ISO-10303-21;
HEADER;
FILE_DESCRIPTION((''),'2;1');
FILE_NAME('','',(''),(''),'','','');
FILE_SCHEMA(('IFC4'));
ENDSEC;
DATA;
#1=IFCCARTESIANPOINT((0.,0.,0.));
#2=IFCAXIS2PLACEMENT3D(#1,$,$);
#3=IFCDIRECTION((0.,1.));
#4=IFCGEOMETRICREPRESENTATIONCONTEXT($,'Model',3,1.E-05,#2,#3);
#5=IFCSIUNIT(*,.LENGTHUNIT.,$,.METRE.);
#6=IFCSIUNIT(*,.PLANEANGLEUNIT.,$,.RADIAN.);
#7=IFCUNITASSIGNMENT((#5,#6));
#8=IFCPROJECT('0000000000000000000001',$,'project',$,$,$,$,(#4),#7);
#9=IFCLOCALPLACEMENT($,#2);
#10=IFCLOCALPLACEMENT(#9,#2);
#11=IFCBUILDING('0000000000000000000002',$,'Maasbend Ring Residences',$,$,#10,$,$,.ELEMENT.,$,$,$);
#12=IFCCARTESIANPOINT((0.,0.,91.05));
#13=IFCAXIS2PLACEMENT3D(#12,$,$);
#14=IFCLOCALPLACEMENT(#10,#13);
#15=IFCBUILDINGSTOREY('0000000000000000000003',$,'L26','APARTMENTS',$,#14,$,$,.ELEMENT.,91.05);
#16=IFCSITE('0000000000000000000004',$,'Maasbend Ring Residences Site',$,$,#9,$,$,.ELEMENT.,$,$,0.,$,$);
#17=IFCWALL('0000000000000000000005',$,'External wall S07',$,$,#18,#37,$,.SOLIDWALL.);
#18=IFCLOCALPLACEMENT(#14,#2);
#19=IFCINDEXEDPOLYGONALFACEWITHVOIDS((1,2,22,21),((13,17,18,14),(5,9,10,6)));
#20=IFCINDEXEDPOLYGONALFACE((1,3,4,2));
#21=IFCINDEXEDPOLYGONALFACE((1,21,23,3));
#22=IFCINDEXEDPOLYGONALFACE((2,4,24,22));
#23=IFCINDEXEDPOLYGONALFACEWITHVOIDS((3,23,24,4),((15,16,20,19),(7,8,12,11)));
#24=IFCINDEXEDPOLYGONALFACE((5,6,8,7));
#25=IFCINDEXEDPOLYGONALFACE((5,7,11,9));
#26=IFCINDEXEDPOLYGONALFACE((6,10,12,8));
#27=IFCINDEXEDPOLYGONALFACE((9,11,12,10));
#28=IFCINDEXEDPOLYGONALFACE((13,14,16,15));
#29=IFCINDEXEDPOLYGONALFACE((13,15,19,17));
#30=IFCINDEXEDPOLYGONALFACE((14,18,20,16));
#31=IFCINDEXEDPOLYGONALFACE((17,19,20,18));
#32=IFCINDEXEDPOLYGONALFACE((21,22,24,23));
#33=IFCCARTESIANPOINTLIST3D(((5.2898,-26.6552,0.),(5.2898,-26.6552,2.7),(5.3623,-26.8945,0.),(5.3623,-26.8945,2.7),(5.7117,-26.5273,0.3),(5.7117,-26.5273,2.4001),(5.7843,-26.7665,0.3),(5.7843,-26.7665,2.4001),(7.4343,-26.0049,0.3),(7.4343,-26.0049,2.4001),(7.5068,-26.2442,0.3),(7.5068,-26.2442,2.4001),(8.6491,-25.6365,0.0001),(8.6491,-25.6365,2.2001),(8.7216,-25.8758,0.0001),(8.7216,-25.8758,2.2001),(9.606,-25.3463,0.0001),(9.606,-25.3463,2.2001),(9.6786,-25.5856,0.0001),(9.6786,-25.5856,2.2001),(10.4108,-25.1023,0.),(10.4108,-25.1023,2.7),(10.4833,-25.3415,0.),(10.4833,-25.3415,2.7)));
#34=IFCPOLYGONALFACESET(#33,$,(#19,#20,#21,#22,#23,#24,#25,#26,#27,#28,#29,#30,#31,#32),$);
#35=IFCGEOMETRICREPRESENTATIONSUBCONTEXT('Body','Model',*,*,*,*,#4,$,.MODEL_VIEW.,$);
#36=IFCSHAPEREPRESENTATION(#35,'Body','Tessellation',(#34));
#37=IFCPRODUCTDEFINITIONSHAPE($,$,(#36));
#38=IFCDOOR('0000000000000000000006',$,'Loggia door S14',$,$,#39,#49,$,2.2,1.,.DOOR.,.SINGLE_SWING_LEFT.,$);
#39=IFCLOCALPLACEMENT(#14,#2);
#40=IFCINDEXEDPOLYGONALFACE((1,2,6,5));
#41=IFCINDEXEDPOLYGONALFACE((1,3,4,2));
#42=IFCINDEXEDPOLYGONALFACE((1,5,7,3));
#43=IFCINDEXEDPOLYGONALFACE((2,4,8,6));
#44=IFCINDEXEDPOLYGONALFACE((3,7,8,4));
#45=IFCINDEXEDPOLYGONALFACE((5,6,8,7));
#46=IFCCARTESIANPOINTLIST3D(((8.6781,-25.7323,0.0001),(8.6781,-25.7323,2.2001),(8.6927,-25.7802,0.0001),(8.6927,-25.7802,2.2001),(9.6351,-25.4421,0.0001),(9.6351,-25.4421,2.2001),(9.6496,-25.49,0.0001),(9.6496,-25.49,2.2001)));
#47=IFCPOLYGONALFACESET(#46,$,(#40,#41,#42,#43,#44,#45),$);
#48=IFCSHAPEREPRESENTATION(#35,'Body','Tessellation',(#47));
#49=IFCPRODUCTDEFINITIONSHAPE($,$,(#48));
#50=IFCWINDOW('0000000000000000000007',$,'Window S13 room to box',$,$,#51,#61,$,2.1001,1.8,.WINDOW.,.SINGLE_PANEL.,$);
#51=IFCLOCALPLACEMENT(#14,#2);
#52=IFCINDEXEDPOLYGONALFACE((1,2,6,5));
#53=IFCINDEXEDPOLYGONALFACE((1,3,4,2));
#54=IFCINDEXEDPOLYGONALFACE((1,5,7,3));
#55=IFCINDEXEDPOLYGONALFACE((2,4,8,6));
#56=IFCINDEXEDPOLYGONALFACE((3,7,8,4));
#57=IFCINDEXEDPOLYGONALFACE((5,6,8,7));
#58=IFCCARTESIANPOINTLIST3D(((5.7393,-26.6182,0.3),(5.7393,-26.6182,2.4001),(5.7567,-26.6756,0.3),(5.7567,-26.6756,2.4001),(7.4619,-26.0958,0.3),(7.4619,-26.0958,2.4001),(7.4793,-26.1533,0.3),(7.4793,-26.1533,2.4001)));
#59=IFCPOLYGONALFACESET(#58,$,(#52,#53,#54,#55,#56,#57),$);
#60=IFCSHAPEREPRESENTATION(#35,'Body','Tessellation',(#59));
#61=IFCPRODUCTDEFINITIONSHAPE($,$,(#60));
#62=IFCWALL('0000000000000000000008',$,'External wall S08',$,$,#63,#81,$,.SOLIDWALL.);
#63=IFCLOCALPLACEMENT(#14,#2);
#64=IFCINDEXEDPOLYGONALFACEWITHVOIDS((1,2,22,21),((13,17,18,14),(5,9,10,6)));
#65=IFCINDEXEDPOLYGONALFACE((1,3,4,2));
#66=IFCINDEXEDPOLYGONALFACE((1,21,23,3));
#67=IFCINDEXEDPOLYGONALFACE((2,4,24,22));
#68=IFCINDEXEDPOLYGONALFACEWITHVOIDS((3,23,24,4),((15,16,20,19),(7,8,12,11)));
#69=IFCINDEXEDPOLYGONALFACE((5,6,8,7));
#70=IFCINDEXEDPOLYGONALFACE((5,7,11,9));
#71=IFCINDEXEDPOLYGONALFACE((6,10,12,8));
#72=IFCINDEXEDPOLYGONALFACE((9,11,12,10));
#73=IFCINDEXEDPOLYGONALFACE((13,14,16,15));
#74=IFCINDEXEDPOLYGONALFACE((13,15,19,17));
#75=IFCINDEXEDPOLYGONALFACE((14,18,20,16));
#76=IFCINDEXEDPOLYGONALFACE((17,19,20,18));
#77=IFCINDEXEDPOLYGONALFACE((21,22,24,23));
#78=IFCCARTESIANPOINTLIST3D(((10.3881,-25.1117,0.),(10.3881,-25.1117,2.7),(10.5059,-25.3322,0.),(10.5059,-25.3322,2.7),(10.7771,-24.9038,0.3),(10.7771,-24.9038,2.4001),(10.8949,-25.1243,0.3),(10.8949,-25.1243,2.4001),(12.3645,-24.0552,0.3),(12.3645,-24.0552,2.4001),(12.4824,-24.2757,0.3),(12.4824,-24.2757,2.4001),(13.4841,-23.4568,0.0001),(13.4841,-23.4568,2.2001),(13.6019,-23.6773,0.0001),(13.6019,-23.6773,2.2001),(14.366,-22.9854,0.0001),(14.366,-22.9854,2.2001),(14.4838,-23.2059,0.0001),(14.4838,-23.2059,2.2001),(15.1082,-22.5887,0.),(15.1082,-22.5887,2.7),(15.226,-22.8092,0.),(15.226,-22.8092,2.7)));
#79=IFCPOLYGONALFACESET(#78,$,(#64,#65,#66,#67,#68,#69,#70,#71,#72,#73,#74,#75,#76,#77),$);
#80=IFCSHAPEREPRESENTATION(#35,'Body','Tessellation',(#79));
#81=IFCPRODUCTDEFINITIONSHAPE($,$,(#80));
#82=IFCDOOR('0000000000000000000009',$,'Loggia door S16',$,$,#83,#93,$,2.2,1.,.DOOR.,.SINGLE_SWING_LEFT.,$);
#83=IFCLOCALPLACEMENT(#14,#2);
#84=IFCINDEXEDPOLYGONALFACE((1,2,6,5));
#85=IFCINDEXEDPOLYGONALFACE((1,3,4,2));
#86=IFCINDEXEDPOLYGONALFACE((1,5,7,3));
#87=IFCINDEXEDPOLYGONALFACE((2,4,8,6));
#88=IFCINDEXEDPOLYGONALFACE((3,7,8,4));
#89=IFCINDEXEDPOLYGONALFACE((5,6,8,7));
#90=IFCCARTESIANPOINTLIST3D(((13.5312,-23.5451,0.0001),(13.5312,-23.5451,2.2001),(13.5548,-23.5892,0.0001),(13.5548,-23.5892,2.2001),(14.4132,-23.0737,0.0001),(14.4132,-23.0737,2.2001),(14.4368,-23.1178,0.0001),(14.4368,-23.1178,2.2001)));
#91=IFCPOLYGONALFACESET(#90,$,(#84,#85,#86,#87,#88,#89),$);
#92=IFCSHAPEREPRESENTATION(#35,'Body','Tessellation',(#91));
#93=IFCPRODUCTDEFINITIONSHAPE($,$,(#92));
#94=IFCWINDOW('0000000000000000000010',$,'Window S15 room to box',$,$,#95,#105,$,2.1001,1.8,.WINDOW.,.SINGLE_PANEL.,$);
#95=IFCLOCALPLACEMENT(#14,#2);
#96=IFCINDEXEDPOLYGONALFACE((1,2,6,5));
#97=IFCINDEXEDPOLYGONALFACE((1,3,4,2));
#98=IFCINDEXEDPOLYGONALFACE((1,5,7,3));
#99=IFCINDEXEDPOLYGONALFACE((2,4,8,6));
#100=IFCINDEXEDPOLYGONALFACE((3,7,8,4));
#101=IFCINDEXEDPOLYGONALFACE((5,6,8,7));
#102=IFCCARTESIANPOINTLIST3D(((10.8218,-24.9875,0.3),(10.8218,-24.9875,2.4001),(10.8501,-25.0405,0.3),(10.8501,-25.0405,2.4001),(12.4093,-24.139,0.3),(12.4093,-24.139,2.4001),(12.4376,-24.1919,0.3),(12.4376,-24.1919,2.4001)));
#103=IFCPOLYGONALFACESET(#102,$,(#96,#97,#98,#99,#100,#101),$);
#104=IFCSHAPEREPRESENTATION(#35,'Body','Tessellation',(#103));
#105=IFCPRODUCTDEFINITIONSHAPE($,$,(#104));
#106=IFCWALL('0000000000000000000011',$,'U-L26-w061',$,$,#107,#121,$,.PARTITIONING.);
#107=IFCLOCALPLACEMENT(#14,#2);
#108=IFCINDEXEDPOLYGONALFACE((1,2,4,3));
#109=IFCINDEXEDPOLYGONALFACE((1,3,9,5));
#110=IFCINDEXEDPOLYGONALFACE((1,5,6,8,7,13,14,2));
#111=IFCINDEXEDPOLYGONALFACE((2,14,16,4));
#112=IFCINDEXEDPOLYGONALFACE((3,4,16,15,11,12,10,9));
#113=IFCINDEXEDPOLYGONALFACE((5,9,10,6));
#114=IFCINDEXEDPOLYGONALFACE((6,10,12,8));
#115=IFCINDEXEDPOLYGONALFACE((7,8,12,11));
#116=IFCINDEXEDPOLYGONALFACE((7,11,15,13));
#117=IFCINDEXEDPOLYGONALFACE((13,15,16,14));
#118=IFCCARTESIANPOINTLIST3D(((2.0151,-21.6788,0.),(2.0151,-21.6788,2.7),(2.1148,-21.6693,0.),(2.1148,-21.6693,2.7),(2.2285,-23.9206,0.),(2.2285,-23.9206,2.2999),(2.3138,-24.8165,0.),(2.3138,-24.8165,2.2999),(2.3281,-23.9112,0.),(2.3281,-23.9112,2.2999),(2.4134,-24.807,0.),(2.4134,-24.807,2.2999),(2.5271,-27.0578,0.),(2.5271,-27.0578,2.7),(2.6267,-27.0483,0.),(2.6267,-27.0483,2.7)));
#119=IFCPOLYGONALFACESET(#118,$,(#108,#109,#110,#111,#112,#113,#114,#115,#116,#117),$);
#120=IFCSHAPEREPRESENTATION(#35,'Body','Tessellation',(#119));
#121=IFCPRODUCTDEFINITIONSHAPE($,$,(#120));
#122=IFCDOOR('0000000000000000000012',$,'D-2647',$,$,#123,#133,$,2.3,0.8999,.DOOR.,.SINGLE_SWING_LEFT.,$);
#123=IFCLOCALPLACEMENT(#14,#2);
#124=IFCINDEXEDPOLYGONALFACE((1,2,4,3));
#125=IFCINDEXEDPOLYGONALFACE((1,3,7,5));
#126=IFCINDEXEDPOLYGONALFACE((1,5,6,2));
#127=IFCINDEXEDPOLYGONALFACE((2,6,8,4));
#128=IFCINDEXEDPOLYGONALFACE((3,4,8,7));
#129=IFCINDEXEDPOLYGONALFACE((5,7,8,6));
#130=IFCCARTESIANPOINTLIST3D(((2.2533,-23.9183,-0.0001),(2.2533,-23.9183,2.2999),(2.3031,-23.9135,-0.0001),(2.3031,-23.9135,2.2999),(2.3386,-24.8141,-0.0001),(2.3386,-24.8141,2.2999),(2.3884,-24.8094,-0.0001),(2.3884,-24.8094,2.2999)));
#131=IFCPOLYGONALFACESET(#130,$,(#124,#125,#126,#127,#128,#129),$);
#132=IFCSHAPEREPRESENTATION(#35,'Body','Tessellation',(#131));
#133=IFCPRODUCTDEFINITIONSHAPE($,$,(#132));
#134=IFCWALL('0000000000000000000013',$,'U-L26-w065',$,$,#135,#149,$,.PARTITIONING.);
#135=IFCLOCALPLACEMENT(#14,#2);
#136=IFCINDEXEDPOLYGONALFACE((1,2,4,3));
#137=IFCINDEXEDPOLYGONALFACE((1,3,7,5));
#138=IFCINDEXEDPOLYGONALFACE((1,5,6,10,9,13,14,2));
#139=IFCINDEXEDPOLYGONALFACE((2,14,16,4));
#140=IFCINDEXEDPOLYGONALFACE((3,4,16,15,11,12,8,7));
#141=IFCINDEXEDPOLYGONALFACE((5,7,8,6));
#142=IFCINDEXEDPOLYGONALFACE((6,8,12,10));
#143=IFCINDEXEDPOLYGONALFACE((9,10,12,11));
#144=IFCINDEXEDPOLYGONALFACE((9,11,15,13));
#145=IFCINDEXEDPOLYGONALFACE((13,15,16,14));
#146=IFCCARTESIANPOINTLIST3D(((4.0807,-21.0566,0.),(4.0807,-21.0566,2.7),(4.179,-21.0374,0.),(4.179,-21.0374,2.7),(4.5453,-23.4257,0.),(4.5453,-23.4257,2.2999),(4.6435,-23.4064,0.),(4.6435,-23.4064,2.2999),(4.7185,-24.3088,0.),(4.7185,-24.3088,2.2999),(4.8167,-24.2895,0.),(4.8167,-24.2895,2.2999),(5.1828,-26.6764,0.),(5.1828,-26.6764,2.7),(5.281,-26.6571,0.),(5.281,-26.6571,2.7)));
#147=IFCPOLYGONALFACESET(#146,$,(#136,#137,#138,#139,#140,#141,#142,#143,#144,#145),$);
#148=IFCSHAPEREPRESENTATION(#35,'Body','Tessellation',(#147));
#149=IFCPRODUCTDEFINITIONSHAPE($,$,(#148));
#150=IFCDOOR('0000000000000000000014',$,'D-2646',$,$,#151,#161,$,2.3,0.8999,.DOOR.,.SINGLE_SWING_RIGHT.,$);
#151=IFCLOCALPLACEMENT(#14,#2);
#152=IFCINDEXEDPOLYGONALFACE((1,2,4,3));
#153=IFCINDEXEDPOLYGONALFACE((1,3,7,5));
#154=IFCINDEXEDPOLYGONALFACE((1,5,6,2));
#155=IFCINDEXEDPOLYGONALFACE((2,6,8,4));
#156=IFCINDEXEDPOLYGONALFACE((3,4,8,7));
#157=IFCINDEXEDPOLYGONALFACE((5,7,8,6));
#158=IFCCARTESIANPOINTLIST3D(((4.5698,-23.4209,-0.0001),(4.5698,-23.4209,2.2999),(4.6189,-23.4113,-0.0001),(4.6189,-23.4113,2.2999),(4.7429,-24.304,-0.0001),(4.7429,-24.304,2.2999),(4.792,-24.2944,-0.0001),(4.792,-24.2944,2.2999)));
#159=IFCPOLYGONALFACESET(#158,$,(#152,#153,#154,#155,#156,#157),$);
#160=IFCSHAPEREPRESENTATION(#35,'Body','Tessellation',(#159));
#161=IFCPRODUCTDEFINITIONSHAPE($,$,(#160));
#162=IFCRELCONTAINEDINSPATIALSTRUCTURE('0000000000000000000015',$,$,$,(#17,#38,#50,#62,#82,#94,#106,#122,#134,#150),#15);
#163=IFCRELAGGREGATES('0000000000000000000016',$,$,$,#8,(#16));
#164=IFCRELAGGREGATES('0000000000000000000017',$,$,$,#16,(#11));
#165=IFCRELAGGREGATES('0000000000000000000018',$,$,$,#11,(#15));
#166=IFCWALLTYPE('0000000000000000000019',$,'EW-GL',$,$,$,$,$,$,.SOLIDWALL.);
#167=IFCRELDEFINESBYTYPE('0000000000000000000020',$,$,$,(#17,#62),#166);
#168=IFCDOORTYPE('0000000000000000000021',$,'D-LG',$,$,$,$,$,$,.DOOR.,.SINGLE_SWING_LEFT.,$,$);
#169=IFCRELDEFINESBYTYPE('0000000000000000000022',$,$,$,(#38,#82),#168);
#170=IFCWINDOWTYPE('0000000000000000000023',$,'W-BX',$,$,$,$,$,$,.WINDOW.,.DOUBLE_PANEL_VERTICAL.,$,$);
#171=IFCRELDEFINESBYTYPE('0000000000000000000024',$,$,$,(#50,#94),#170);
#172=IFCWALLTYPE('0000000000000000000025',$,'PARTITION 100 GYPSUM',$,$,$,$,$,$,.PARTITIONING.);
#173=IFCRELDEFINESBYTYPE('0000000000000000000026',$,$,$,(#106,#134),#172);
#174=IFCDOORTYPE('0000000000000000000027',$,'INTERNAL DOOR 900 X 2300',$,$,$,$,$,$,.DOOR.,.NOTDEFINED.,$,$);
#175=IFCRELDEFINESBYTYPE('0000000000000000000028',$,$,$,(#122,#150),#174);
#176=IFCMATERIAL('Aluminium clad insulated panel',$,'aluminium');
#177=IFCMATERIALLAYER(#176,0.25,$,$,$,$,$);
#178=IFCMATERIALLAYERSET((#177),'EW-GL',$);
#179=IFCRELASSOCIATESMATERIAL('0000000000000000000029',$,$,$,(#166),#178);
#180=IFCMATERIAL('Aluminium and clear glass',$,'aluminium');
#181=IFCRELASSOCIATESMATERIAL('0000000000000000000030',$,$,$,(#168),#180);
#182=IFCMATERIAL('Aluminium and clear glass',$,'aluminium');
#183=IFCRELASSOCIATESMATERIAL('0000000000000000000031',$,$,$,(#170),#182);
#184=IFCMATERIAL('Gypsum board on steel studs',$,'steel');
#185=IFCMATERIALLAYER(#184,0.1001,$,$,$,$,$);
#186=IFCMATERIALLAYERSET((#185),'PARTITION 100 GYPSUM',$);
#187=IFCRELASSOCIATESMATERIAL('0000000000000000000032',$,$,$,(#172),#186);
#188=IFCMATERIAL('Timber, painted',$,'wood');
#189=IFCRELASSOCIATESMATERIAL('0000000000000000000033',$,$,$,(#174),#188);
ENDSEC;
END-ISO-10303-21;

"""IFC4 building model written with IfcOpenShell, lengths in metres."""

from ifc_helpers import new_model, si_unit, direction, frame, frame_2d, origin, place, context, subcontext, project, spatial, rectangle, extrude, material, layer, layer_set, type_object, element, fill, save


model = new_model("IFC4")

# Units and contexts
model_context = context("Model", 3, precision=1e-05, world=origin(), true_north=direction((0.0, 1.0)))
body_context = subcontext(model_context, "Body", "Model", "MODEL_VIEW")
ifc_project = project(units=[si_unit("LENGTHUNIT", "METRE"), si_unit("PLANEANGLEUNIT", "RADIAN")], contexts=[model_context])

# Site, building, storey
site_placement = place(None, origin())
site = spatial("IfcSite", under=ifc_project, at=site_placement, Name="Maasbend Ring Residences Site", CompositionType="ELEMENT", RefElevation=0.0)
building_placement = place(site_placement, origin())
building = spatial("IfcBuilding", under=site, at=building_placement, Name="Maasbend Ring Residences", CompositionType="ELEMENT")
storey_placement = place(building_placement, frame((0.0, 0.0, 91.05)))
storey = spatial("IfcBuildingStorey", under=building, at=storey_placement, Name="L26", Description="APARTMENTS", CompositionType="ELEMENT", Elevation=91.05)

# Walls, openings, doors, windows
ifc_material_1 = material(Name="Aluminium clad insulated panel", Category="aluminium")
ifc_layer_1 = layer(ifc_material_1, 0.25)
ifc_layer_set_1 = layer_set([ifc_layer_1], Name="EW-GL")
wall_type_1 = type_object("IfcWallType", Name="EW-GL", PredefinedType="SOLIDWALL", material=ifc_layer_set_1)
wall_1_placement = place(storey_placement, frame((5.3259, -26.7749, 0.0), z_axis=(0.0, 0.0, 1.0), x_axis=(0.956966, 0.290201, 0.0)))
wall_1 = element("IfcWall", 1, at=wall_1_placement, inside=storey, type_object=wall_type_1, Name="External wall S07", PredefinedType="SOLIDWALL", context=body_context, shape_type="SweptSolid", body=[
    extrude(rectangle(XDim=5.3513, YDim=0.25, at=frame_2d((2.6758, 0.0))), origin(), (0.0, 0.0, 1.0), 2.7),
])
opening_1_placement = place(wall_1_placement, frame((0.4412, 0.0, 0.3)))
opening_1 = element("IfcOpeningElement", 2, at=opening_1_placement, cuts=wall_1, PredefinedType="OPENING", context=body_context, shape_type="SweptSolid", body=[
    extrude(rectangle(XDim=1.8, YDim=2.1001, at=frame_2d((0.8999, 1.05))), frame((0.0, 0.135, 0.0), z_axis=(0.0, -1.0, 0.0), x_axis=(1.0, 0.0, 0.0)), (0.0, 0.0, 1.0), 0.27),
])
opening_2_placement = place(wall_1_placement, frame((3.5105, 0.0, 0.0)))
opening_2 = element("IfcOpeningElement", 3, at=opening_2_placement, cuts=wall_1, PredefinedType="OPENING", context=body_context, shape_type="SweptSolid", body=[
    extrude(rectangle(XDim=1.0, YDim=2.2, at=frame_2d((0.5, 1.1001))), frame((0.0, 0.135, 0.0), z_axis=(0.0, -1.0, 0.0), x_axis=(1.0, 0.0, 0.0)), (0.0, 0.0, 1.0), 0.27),
])
ifc_material_2 = material(Name="Aluminium and clear glass", Category="aluminium")
door_type_1 = type_object("IfcDoorType", Name="D-LG", OperationType="SINGLE_SWING_LEFT", PredefinedType="DOOR", material=ifc_material_2)
door_1_placement = place(opening_2_placement, origin())
door_1 = element("IfcDoor", 4, at=door_1_placement, inside=storey, type_object=door_type_1, Name="Loggia door S14", OperationType="SINGLE_SWING_LEFT", OverallHeight=2.2, OverallWidth=1.0, PredefinedType="DOOR", context=body_context, shape_type="SweptSolid", body=[
    extrude(rectangle(XDim=1.0, YDim=2.2, at=frame_2d((0.5, 1.1001))), frame((0.0, 0.0249, 0.0), z_axis=(0.0, -1.0, 0.0), x_axis=(1.0, 0.0, 0.0)), (0.0, 0.0, 1.0), 0.05),
])
fill(opening_2, door_1)
ifc_material_3 = material(Name="Aluminium and clear glass", Category="aluminium")
window_type_1 = type_object("IfcWindowType", Name="W-BX", PartitioningType="DOUBLE_PANEL_VERTICAL", PredefinedType="WINDOW", material=ifc_material_3)
window_1_placement = place(opening_1_placement, origin())
window_1 = element("IfcWindow", 5, at=window_1_placement, inside=storey, type_object=window_type_1, Name="Window S13 room to box", OverallHeight=2.1001, OverallWidth=1.8, PartitioningType="SINGLE_PANEL", PredefinedType="WINDOW", context=body_context, shape_type="SweptSolid", body=[
    extrude(rectangle(XDim=1.8, YDim=2.1001, at=frame_2d((0.8999, 1.05))), frame((0.0, 0.03, 0.0), z_axis=(0.0, -1.0, 0.0), x_axis=(1.0, 0.0, 0.0)), (0.0, 0.0, 1.0), 0.0601),
])
fill(opening_1, window_1)
wall_2_placement = place(storey_placement, frame((10.447, -25.2219, 0.0), z_axis=(0.0, 0.0, 1.0), x_axis=(0.881916, 0.471407, 0.0)))
wall_2 = element("IfcWall", 6, at=wall_2_placement, inside=storey, type_object=wall_type_1, Name="External wall S08", PredefinedType="SOLIDWALL", context=body_context, shape_type="SweptSolid", body=[
    extrude(rectangle(XDim=5.3521, YDim=0.25, at=frame_2d((2.676, 0.0))), origin(), (0.0, 0.0, 1.0), 2.7),
])
opening_3_placement = place(wall_2_placement, frame((0.4412, 0.0, 0.3)))
opening_3 = element("IfcOpeningElement", 7, at=opening_3_placement, cuts=wall_2, PredefinedType="OPENING", context=body_context, shape_type="SweptSolid", body=[
    extrude(rectangle(XDim=1.8, YDim=2.1001, at=frame_2d((0.8999, 1.05))), frame((0.0, 0.135, 0.0), z_axis=(0.0, -1.0, 0.0), x_axis=(1.0, 0.0, 0.0)), (0.0, 0.0, 1.0), 0.27),
])
opening_4_placement = place(wall_2_placement, frame((3.5105, 0.0, 0.0)))
opening_4 = element("IfcOpeningElement", 8, at=opening_4_placement, cuts=wall_2, PredefinedType="OPENING", context=body_context, shape_type="SweptSolid", body=[
    extrude(rectangle(XDim=1.0, YDim=2.2, at=frame_2d((0.5, 1.1001))), frame((0.0, 0.135, 0.0), z_axis=(0.0, -1.0, 0.0), x_axis=(1.0, 0.0, 0.0)), (0.0, 0.0, 1.0), 0.27),
])
door_2_placement = place(opening_4_placement, origin())
door_2 = element("IfcDoor", 9, at=door_2_placement, inside=storey, type_object=door_type_1, Name="Loggia door S16", OperationType="SINGLE_SWING_LEFT", OverallHeight=2.2, OverallWidth=1.0, PredefinedType="DOOR", context=body_context, shape_type="SweptSolid", body=[
    extrude(rectangle(XDim=1.0, YDim=2.2, at=frame_2d((0.5, 1.1001))), frame((0.0, 0.0249, 0.0), z_axis=(0.0, -1.0, 0.0), x_axis=(1.0, 0.0, 0.0)), (0.0, 0.0, 1.0), 0.05),
])
fill(opening_4, door_2)
window_2_placement = place(opening_3_placement, origin())
window_2 = element("IfcWindow", 10, at=window_2_placement, inside=storey, type_object=window_type_1, Name="Window S15 room to box", OverallHeight=2.1001, OverallWidth=1.8, PartitioningType="SINGLE_PANEL", PredefinedType="WINDOW", context=body_context, shape_type="SweptSolid", body=[
    extrude(rectangle(XDim=1.8, YDim=2.1001, at=frame_2d((0.8999, 1.05))), frame((0.0, 0.03, 0.0), z_axis=(0.0, -1.0, 0.0), x_axis=(1.0, 0.0, 0.0)), (0.0, 0.0, 1.0), 0.0601),
])
fill(opening_3, window_2)

# Walls, openings, doors
ifc_material_4 = material(Name="Gypsum board on steel studs", Category="steel")
ifc_layer_2 = layer(ifc_material_4, 0.1001)
ifc_layer_set_2 = layer_set([ifc_layer_2], Name="PARTITION 100 GYPSUM")
wall_type_2 = type_object("IfcWallType", Name="PARTITION 100 GYPSUM", PredefinedType="PARTITIONING", material=ifc_layer_set_2)
wall_3_placement = place(storey_placement, frame((2.0649, -21.6741, 0.0), z_axis=(0.0, 0.0, 1.0), x_axis=(0.094752, -0.995501, 0.0)))
wall_3 = element("IfcWall", 11, at=wall_3_placement, inside=storey, type_object=wall_type_2, Name="U-L26-w061", PredefinedType="PARTITIONING", context=body_context, shape_type="SweptSolid", body=[
    extrude(rectangle(XDim=5.4033, YDim=0.1001, at=frame_2d((2.7017, 0.0))), origin(), (0.0, 0.0, 1.0), 2.7),
])
opening_5_placement = place(wall_3_placement, frame((2.252, 0.0, 0.0)))
opening_5 = element("IfcOpeningElement", 12, at=opening_5_placement, cuts=wall_3, PredefinedType="OPENING", context=body_context, shape_type="SweptSolid", body=[
    extrude(rectangle(XDim=0.8999, YDim=2.3, at=frame_2d((0.45, 1.1499))), frame((0.0, 0.0601, 0.0), z_axis=(0.0, -1.0, 0.0), x_axis=(1.0, 0.0, 0.0)), (0.0, 0.0, 1.0), 0.1201),
])
ifc_material_5 = material(Name="Timber, painted", Category="wood")
door_type_2 = type_object("IfcDoorType", Name="INTERNAL DOOR 900 X 2300", OperationType="NOTDEFINED", PredefinedType="DOOR", material=ifc_material_5)
door_3_placement = place(opening_5_placement, origin())
door_3 = element("IfcDoor", 13, at=door_3_placement, inside=storey, type_object=door_type_2, Name="D-2647", OperationType="SINGLE_SWING_LEFT", OverallHeight=2.3, OverallWidth=0.8999, PredefinedType="DOOR", context=body_context, shape_type="SweptSolid", body=[
    extrude(rectangle(XDim=0.8999, YDim=2.3, at=frame_2d((0.45, 1.1499))), frame((0.0, 0.0249, 0.0), z_axis=(0.0, -1.0, 0.0), x_axis=(1.0, 0.0, 0.0)), (0.0, 0.0, 1.0), 0.05),
])
fill(opening_5, door_3)
wall_4_placement = place(storey_placement, frame((4.1299, -21.0471, 0.0), z_axis=(0.0, 0.0, 1.0), x_axis=(0.192434, -0.98131, 0.0)))
wall_4 = element("IfcWall", 14, at=wall_4_placement, inside=storey, type_object=wall_type_2, Name="U-L26-w065", PredefinedType="PARTITIONING", context=body_context, shape_type="SweptSolid", body=[
    extrude(rectangle(XDim=5.7268, YDim=0.1001, at=frame_2d((2.8633, 0.0))), origin(), (0.0, 0.0, 1.0), 2.7),
])
opening_6_placement = place(wall_4_placement, frame((2.4141, 0.0, 0.0)))
opening_6 = element("IfcOpeningElement", 15, at=opening_6_placement, cuts=wall_4, PredefinedType="OPENING", context=body_context, shape_type="SweptSolid", body=[
    extrude(rectangle(XDim=0.8999, YDim=2.3, at=frame_2d((0.45, 1.1499))), frame((0.0, 0.0601, 0.0), z_axis=(0.0, -1.0, 0.0), x_axis=(1.0, 0.0, 0.0)), (0.0, 0.0, 1.0), 0.1201),
])
door_4_placement = place(opening_6_placement, origin())
door_4 = element("IfcDoor", 16, at=door_4_placement, inside=storey, type_object=door_type_2, Name="D-2646", OperationType="SINGLE_SWING_RIGHT", OverallHeight=2.3, OverallWidth=0.8999, PredefinedType="DOOR", context=body_context, shape_type="SweptSolid", body=[
    extrude(rectangle(XDim=0.8999, YDim=2.3, at=frame_2d((0.45, 1.1499))), frame((0.0, 0.0249, 0.0), z_axis=(0.0, -1.0, 0.0), x_axis=(1.0, 0.0, 0.0)), (0.0, 0.0, 1.0), 0.05),
])
fill(opening_6, door_4)

save(model, "model.ifc")
